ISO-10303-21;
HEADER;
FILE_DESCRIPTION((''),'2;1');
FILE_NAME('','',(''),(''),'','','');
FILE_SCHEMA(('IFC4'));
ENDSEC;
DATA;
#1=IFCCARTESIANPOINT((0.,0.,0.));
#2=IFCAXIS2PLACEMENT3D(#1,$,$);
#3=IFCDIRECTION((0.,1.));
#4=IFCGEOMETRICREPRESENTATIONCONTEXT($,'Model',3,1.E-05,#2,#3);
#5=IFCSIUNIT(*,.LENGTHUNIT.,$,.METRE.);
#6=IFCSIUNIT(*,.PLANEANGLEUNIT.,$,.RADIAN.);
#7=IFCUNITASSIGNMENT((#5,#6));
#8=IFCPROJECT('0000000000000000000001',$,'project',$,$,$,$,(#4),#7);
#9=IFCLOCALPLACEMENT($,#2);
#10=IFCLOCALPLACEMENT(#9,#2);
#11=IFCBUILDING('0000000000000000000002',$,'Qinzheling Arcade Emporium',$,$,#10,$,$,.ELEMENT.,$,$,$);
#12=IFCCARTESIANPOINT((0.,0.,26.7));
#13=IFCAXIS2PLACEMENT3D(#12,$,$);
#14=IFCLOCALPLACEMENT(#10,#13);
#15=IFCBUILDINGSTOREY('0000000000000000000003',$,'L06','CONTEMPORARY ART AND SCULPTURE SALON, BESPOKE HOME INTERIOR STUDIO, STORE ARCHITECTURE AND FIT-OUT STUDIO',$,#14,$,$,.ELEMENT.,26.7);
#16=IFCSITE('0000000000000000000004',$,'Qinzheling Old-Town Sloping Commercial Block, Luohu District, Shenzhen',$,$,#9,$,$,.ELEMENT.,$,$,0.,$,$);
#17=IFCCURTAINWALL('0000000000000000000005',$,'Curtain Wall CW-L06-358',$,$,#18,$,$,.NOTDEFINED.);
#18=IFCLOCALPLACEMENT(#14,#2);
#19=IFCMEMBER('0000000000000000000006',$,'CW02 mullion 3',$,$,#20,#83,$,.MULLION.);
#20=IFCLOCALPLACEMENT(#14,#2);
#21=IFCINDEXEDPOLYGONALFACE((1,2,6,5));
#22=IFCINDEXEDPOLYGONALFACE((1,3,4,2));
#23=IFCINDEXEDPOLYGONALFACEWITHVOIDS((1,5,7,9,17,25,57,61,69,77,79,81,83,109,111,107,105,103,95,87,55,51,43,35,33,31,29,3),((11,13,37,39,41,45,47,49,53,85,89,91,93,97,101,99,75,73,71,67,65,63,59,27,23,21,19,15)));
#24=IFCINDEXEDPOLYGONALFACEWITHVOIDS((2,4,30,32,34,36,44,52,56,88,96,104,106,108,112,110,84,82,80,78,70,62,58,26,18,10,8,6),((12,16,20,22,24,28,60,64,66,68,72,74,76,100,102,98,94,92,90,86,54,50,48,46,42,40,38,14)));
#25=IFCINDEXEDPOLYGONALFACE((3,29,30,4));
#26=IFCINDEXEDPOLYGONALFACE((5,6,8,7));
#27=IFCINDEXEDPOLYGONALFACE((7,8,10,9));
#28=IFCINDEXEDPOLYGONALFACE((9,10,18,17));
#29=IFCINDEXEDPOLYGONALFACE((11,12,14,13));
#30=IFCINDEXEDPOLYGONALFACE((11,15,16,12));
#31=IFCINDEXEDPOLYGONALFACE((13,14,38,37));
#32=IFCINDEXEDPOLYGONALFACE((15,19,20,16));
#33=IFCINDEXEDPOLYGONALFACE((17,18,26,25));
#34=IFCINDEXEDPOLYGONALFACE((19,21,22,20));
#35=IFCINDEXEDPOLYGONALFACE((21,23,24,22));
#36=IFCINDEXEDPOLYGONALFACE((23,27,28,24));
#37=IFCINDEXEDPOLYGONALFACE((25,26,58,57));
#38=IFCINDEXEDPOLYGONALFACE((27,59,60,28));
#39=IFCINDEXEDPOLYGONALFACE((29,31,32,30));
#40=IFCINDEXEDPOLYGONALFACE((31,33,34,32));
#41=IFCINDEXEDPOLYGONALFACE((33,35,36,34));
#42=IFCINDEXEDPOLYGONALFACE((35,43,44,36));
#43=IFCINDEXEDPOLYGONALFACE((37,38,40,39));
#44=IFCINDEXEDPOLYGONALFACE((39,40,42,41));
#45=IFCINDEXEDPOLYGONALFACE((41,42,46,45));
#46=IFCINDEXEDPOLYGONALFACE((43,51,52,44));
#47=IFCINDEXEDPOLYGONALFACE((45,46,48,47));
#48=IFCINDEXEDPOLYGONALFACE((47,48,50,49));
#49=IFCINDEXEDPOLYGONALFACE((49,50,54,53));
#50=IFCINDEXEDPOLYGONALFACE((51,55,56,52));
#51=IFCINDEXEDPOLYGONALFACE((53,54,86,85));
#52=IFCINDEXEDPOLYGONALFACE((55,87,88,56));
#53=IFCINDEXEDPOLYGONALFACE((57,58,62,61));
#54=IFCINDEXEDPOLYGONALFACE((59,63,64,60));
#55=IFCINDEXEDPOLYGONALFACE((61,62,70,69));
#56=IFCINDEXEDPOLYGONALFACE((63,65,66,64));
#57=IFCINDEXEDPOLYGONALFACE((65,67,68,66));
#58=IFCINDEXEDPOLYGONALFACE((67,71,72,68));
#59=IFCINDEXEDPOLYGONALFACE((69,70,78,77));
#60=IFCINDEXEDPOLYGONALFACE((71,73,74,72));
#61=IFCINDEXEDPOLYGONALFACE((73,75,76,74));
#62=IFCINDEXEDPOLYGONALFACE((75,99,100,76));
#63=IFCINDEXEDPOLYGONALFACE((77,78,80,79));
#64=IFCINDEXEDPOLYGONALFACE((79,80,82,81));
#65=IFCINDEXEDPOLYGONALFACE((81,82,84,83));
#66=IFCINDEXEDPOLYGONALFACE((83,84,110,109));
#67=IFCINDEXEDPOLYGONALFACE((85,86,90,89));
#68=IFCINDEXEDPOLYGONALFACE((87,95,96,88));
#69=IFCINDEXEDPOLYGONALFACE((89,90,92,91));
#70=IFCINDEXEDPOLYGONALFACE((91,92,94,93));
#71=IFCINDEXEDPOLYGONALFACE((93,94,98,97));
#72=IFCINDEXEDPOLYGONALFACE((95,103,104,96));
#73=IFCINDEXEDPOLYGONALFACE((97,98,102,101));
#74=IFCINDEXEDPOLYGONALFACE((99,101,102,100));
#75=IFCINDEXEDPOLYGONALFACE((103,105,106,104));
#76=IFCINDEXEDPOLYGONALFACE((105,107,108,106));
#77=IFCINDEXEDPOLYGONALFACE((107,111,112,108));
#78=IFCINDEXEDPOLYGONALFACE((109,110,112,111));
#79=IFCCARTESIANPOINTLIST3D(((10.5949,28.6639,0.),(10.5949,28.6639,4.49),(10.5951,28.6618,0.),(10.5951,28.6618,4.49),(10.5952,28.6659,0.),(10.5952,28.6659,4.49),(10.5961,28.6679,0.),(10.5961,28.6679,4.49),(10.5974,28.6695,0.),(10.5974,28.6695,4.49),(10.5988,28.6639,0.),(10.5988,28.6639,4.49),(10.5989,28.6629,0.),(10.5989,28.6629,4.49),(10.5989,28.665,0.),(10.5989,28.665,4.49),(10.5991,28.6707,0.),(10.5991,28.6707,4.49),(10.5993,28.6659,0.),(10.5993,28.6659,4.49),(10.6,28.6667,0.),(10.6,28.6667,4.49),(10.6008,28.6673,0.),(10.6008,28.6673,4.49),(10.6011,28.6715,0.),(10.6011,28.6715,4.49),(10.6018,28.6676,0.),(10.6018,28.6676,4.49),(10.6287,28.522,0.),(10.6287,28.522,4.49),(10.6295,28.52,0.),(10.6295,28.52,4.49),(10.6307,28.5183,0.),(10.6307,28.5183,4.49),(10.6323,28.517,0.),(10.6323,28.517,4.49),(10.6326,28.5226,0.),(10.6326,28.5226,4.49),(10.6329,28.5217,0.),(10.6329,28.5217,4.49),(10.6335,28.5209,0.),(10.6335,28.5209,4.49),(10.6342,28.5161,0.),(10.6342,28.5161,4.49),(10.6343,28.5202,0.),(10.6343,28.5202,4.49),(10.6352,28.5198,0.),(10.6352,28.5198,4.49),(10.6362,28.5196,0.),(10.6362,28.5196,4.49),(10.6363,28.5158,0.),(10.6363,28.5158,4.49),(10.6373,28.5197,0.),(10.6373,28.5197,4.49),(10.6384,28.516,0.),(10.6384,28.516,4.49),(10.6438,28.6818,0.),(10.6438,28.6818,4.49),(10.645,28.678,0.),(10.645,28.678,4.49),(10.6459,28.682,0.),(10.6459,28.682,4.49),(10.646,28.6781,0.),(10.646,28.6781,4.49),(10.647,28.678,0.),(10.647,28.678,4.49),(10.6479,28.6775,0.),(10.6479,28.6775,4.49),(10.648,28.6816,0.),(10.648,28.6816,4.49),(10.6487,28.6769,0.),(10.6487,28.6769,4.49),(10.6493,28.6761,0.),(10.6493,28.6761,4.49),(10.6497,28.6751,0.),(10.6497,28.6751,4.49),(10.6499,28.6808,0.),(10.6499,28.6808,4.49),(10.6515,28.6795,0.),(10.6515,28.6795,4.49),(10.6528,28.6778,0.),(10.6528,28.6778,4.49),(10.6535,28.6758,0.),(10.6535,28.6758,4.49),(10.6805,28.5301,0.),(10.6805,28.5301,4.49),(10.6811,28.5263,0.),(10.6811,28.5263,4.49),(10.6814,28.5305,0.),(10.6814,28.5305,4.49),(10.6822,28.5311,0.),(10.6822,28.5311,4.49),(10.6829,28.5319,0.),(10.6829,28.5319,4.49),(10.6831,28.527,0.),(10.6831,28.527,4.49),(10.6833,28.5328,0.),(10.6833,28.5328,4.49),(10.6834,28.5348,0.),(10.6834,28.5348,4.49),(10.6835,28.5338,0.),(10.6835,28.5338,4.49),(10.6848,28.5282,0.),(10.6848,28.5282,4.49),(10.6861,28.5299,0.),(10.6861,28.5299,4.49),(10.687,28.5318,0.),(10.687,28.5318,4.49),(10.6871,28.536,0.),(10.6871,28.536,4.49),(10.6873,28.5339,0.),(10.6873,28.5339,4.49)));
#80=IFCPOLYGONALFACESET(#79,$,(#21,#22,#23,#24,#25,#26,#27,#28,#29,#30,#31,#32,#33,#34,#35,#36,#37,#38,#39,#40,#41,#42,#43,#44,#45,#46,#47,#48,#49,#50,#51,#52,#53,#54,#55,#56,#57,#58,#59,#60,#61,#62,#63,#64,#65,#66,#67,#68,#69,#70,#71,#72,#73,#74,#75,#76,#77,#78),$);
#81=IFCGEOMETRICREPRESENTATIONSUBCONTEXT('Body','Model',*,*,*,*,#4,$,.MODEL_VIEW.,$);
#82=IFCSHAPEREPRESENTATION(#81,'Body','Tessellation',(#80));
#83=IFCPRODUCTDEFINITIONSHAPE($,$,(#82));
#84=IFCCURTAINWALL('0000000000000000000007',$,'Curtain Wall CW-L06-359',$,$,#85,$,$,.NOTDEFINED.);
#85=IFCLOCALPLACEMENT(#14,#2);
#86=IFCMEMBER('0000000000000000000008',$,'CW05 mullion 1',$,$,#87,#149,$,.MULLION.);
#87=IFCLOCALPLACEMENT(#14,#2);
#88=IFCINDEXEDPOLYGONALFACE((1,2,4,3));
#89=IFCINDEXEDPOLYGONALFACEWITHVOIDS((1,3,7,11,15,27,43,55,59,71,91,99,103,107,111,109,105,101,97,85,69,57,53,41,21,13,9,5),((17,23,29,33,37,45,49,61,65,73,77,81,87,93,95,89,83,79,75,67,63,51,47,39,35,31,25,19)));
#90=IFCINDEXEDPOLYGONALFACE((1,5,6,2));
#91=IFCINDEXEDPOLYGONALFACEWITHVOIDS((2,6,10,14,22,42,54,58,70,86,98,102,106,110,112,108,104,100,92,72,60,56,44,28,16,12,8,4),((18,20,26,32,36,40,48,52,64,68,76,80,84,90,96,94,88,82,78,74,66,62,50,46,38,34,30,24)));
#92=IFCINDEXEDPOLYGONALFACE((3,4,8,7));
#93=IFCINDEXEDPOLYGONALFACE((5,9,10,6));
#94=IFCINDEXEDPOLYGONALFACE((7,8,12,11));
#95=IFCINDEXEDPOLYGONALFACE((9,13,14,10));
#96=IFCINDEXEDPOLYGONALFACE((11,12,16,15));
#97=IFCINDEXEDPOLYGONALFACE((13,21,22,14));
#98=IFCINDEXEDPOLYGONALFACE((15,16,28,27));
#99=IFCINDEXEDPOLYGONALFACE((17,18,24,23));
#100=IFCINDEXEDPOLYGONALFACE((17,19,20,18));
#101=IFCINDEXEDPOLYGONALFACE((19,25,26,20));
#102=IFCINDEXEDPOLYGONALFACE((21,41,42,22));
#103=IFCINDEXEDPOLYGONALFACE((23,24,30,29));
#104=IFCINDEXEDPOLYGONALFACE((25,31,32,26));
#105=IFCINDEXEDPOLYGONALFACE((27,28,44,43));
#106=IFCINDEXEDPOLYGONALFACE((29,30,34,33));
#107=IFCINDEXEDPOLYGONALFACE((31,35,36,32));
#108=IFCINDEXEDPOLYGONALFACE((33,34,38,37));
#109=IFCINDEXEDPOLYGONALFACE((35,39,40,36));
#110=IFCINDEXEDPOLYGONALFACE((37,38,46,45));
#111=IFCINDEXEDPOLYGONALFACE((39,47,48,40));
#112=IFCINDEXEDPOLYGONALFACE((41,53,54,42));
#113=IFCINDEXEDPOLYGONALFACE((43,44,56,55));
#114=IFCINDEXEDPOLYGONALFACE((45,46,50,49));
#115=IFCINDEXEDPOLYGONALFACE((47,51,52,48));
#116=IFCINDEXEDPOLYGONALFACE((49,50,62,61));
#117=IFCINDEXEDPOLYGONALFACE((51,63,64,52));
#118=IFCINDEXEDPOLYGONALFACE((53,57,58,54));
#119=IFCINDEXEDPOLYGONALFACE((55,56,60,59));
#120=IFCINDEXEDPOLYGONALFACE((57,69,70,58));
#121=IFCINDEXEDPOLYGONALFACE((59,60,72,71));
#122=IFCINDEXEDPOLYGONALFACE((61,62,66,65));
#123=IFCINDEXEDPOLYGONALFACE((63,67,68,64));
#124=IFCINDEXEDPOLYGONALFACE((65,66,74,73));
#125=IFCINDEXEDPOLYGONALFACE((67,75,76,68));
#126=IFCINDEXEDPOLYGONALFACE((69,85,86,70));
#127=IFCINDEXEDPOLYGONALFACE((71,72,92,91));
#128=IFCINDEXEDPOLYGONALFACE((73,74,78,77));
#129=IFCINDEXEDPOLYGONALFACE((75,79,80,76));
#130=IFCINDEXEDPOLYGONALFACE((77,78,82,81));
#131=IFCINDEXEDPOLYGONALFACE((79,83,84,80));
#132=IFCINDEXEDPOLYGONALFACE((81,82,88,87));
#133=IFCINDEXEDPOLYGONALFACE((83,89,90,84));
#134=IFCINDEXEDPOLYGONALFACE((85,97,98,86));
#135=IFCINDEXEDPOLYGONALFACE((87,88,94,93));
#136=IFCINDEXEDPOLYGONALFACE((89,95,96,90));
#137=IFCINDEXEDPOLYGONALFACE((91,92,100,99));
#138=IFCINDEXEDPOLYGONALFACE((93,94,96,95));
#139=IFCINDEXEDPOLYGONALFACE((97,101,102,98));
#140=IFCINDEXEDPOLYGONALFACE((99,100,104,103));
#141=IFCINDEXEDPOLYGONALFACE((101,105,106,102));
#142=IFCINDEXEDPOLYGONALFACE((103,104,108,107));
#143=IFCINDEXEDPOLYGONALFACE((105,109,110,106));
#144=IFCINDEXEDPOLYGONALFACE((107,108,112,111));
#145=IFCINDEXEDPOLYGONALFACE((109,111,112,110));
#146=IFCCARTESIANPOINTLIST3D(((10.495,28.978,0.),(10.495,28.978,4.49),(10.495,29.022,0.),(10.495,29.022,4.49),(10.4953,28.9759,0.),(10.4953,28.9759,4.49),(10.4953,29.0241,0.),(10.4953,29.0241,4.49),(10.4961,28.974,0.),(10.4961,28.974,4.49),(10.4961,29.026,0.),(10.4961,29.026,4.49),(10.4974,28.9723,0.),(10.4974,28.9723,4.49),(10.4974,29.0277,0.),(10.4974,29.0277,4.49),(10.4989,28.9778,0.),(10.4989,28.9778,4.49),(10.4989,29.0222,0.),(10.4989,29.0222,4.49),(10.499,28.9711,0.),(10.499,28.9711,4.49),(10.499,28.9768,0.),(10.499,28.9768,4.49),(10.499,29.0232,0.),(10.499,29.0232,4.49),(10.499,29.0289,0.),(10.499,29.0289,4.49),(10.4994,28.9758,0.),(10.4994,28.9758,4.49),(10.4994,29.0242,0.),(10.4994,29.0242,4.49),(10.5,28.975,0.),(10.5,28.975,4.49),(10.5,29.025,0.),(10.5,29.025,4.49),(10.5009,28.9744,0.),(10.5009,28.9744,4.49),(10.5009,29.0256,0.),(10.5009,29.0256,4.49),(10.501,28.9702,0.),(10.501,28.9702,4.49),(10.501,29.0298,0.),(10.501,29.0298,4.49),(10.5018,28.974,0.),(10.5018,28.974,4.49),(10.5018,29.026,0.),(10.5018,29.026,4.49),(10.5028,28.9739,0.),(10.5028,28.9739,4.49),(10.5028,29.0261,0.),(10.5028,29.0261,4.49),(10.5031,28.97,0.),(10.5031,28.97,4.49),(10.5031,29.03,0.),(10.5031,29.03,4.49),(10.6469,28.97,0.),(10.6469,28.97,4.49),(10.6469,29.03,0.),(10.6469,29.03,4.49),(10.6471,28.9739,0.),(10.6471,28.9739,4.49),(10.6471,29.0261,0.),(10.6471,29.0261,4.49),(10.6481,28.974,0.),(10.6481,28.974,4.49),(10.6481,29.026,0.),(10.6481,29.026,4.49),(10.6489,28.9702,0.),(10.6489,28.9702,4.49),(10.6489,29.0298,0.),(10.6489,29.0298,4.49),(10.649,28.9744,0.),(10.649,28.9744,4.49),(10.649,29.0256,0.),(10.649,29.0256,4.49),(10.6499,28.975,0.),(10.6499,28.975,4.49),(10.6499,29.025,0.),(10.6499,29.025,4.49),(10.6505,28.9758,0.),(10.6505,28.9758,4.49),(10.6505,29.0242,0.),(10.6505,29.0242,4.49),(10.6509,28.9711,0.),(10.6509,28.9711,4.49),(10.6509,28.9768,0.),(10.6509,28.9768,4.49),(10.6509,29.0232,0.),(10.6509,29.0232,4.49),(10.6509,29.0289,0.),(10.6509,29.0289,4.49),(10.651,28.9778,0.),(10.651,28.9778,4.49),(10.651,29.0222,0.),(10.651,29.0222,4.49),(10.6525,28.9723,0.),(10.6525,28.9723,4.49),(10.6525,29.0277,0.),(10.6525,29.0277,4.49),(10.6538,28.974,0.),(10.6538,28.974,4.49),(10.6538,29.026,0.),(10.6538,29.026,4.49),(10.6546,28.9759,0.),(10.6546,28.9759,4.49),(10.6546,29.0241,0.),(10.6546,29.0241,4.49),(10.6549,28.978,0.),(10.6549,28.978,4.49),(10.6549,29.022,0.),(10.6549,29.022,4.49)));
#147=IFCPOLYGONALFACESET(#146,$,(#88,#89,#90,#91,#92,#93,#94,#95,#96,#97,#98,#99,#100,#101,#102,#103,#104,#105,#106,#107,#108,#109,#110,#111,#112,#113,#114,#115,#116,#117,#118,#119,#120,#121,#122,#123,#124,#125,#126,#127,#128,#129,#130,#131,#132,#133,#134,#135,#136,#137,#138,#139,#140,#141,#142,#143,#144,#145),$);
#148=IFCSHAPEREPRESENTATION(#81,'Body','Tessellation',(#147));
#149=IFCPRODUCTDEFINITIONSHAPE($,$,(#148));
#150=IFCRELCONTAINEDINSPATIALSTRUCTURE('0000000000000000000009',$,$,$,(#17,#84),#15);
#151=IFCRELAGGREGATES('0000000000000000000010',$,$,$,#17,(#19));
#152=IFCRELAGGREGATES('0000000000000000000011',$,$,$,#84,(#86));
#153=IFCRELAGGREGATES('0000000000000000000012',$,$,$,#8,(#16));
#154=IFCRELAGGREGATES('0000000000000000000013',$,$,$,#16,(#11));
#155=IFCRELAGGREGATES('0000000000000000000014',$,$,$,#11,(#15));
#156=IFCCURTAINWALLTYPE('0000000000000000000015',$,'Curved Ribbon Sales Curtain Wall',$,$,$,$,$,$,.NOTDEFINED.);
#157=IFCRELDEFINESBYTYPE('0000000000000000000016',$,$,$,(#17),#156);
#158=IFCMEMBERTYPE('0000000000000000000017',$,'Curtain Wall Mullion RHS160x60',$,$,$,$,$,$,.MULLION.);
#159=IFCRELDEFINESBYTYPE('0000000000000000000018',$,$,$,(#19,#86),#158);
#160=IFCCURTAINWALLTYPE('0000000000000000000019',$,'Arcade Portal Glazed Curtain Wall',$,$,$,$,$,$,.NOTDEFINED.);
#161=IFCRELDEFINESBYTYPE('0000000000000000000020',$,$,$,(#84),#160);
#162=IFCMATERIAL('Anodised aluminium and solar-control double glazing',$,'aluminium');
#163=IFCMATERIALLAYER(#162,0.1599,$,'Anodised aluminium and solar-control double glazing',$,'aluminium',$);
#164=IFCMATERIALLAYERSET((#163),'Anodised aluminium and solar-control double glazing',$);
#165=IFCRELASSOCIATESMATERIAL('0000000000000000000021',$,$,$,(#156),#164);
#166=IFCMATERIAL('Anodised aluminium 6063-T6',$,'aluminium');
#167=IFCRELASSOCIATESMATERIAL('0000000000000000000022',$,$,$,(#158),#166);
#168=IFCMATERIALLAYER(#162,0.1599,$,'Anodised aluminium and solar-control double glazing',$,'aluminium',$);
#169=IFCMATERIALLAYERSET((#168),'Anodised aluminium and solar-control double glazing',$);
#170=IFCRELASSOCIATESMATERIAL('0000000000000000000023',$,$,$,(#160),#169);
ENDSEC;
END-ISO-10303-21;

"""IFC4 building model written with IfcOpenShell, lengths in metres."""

from ifc_helpers import new_model, si_unit, direction, frame, origin, origin_2d, place, context, subcontext, project, spatial, hollow_rectangle, extrude, material, layer, layer_set, material_profile, profile_set, type_object, element, aggregate, save


model = new_model("IFC4")

# Units and contexts
model_context = context("Model", 3, precision=1e-05, world=origin(), true_north=direction((0.0, 1.0)))
body_context = subcontext(model_context, "Body", "Model", "MODEL_VIEW")
ifc_project = project(units=[si_unit("LENGTHUNIT", "METRE"), si_unit("PLANEANGLEUNIT", "RADIAN")], contexts=[model_context])

# Site, building, storey
site_placement = place(None, origin())
site = spatial("IfcSite", under=ifc_project, at=site_placement, Name="Qinzheling Old-Town Sloping Commercial Block, Luohu District, Shenzhen", CompositionType="ELEMENT", RefElevation=0.0)
building_placement = place(site_placement, origin())
building = spatial("IfcBuilding", under=site, at=building_placement, Name="Qinzheling Arcade Emporium", CompositionType="ELEMENT")
storey_placement = place(building_placement, frame((0.0, 0.0, 26.7)))
storey = spatial("IfcBuildingStorey", under=building, at=storey_placement, Name="L06", Description="CONTEMPORARY ART AND SCULPTURE SALON, BESPOKE HOME INTERIOR STUDIO, STORE ARCHITECTURE AND FIT-OUT STUDIO", CompositionType="ELEMENT", Elevation=26.7)

# Curtain wall, member
ifc_material_1 = material(Name="Anodised aluminium and solar-control double glazing", Category="aluminium")
ifc_layer_1 = layer(ifc_material_1, 0.1599, Name="Anodised aluminium and solar-control double glazing", Category="aluminium")
ifc_layer_set_1 = layer_set([ifc_layer_1], Name="Anodised aluminium and solar-control double glazing")
curtain_wall_type_1 = type_object("IfcCurtainWallType", Name="Curved Ribbon Sales Curtain Wall", PredefinedType="NOTDEFINED", material=ifc_layer_set_1)
curtain_wall_1_placement = place(storey_placement, origin())
curtain_wall_1 = element("IfcCurtainWall", 1, at=curtain_wall_1_placement, inside=storey, type_object=curtain_wall_type_1, Name="Curtain Wall CW-L06-358", PredefinedType="NOTDEFINED")
ifc_material_2 = material(Name="Anodised aluminium 6063-T6", Category="aluminium")
ifc_material_profile_1 = material_profile(ifc_material_2, hollow_rectangle(XDim=0.0601, YDim=0.1599, WallThickness=0.0039, InnerFilletRadius=0.0039, OuterFilletRadius=0.0081, at=origin_2d()), Name="RHS 160x60x4", Category="aluminium")
ifc_profile_set_1 = profile_set([ifc_material_profile_1], Name="Anodised aluminium 6063-T6")
member_type_1 = type_object("IfcMemberType", Name="Curtain Wall Mullion RHS160x60", PredefinedType="MULLION", material=ifc_profile_set_1)
member_1_placement = place(storey_placement, frame((10.6411, 28.5989, 0.0), z_axis=(0.0, 0.0, 1.0), x_axis=(-0.972369, -0.233449, 0.0)))
member_1 = element("IfcMember", 2, at=member_1_placement, type_object=member_type_1, Name="CW02 mullion 3", PredefinedType="MULLION", context=body_context, shape_type="SweptSolid", body=[
    extrude(hollow_rectangle(XDim=0.0601, YDim=0.1599, WallThickness=0.0039, InnerFilletRadius=0.0039, OuterFilletRadius=0.0081, at=origin_2d()), origin(), (0.0, 0.0, 1.0), 4.49),
])
aggregate(curtain_wall_1, [member_1])

# Curtain wall, member
ifc_layer_2 = layer(ifc_material_1, 0.1599, Name="Anodised aluminium and solar-control double glazing", Category="aluminium")
ifc_layer_set_2 = layer_set([ifc_layer_2], Name="Anodised aluminium and solar-control double glazing")
curtain_wall_type_2 = type_object("IfcCurtainWallType", Name="Arcade Portal Glazed Curtain Wall", PredefinedType="NOTDEFINED", material=ifc_layer_set_2)
curtain_wall_2_placement = place(storey_placement, origin())
curtain_wall_2 = element("IfcCurtainWall", 3, at=curtain_wall_2_placement, inside=storey, type_object=curtain_wall_type_2, Name="Curtain Wall CW-L06-359", PredefinedType="NOTDEFINED")
member_2_placement = place(storey_placement, frame((10.575, 29.0, 0.0), z_axis=(0.0, 0.0, 1.0), x_axis=(0.0, -1.0, 0.0)))
member_2 = element("IfcMember", 4, at=member_2_placement, type_object=member_type_1, Name="CW05 mullion 1", PredefinedType="MULLION", context=body_context, shape_type="SweptSolid", body=[
    extrude(hollow_rectangle(XDim=0.0601, YDim=0.1599, WallThickness=0.0039, InnerFilletRadius=0.0039, OuterFilletRadius=0.0081, at=origin_2d()), origin(), (0.0, 0.0, 1.0), 4.49),
])

aggregate(curtain_wall_2, [member_2])

save(model, "model.ifc")
